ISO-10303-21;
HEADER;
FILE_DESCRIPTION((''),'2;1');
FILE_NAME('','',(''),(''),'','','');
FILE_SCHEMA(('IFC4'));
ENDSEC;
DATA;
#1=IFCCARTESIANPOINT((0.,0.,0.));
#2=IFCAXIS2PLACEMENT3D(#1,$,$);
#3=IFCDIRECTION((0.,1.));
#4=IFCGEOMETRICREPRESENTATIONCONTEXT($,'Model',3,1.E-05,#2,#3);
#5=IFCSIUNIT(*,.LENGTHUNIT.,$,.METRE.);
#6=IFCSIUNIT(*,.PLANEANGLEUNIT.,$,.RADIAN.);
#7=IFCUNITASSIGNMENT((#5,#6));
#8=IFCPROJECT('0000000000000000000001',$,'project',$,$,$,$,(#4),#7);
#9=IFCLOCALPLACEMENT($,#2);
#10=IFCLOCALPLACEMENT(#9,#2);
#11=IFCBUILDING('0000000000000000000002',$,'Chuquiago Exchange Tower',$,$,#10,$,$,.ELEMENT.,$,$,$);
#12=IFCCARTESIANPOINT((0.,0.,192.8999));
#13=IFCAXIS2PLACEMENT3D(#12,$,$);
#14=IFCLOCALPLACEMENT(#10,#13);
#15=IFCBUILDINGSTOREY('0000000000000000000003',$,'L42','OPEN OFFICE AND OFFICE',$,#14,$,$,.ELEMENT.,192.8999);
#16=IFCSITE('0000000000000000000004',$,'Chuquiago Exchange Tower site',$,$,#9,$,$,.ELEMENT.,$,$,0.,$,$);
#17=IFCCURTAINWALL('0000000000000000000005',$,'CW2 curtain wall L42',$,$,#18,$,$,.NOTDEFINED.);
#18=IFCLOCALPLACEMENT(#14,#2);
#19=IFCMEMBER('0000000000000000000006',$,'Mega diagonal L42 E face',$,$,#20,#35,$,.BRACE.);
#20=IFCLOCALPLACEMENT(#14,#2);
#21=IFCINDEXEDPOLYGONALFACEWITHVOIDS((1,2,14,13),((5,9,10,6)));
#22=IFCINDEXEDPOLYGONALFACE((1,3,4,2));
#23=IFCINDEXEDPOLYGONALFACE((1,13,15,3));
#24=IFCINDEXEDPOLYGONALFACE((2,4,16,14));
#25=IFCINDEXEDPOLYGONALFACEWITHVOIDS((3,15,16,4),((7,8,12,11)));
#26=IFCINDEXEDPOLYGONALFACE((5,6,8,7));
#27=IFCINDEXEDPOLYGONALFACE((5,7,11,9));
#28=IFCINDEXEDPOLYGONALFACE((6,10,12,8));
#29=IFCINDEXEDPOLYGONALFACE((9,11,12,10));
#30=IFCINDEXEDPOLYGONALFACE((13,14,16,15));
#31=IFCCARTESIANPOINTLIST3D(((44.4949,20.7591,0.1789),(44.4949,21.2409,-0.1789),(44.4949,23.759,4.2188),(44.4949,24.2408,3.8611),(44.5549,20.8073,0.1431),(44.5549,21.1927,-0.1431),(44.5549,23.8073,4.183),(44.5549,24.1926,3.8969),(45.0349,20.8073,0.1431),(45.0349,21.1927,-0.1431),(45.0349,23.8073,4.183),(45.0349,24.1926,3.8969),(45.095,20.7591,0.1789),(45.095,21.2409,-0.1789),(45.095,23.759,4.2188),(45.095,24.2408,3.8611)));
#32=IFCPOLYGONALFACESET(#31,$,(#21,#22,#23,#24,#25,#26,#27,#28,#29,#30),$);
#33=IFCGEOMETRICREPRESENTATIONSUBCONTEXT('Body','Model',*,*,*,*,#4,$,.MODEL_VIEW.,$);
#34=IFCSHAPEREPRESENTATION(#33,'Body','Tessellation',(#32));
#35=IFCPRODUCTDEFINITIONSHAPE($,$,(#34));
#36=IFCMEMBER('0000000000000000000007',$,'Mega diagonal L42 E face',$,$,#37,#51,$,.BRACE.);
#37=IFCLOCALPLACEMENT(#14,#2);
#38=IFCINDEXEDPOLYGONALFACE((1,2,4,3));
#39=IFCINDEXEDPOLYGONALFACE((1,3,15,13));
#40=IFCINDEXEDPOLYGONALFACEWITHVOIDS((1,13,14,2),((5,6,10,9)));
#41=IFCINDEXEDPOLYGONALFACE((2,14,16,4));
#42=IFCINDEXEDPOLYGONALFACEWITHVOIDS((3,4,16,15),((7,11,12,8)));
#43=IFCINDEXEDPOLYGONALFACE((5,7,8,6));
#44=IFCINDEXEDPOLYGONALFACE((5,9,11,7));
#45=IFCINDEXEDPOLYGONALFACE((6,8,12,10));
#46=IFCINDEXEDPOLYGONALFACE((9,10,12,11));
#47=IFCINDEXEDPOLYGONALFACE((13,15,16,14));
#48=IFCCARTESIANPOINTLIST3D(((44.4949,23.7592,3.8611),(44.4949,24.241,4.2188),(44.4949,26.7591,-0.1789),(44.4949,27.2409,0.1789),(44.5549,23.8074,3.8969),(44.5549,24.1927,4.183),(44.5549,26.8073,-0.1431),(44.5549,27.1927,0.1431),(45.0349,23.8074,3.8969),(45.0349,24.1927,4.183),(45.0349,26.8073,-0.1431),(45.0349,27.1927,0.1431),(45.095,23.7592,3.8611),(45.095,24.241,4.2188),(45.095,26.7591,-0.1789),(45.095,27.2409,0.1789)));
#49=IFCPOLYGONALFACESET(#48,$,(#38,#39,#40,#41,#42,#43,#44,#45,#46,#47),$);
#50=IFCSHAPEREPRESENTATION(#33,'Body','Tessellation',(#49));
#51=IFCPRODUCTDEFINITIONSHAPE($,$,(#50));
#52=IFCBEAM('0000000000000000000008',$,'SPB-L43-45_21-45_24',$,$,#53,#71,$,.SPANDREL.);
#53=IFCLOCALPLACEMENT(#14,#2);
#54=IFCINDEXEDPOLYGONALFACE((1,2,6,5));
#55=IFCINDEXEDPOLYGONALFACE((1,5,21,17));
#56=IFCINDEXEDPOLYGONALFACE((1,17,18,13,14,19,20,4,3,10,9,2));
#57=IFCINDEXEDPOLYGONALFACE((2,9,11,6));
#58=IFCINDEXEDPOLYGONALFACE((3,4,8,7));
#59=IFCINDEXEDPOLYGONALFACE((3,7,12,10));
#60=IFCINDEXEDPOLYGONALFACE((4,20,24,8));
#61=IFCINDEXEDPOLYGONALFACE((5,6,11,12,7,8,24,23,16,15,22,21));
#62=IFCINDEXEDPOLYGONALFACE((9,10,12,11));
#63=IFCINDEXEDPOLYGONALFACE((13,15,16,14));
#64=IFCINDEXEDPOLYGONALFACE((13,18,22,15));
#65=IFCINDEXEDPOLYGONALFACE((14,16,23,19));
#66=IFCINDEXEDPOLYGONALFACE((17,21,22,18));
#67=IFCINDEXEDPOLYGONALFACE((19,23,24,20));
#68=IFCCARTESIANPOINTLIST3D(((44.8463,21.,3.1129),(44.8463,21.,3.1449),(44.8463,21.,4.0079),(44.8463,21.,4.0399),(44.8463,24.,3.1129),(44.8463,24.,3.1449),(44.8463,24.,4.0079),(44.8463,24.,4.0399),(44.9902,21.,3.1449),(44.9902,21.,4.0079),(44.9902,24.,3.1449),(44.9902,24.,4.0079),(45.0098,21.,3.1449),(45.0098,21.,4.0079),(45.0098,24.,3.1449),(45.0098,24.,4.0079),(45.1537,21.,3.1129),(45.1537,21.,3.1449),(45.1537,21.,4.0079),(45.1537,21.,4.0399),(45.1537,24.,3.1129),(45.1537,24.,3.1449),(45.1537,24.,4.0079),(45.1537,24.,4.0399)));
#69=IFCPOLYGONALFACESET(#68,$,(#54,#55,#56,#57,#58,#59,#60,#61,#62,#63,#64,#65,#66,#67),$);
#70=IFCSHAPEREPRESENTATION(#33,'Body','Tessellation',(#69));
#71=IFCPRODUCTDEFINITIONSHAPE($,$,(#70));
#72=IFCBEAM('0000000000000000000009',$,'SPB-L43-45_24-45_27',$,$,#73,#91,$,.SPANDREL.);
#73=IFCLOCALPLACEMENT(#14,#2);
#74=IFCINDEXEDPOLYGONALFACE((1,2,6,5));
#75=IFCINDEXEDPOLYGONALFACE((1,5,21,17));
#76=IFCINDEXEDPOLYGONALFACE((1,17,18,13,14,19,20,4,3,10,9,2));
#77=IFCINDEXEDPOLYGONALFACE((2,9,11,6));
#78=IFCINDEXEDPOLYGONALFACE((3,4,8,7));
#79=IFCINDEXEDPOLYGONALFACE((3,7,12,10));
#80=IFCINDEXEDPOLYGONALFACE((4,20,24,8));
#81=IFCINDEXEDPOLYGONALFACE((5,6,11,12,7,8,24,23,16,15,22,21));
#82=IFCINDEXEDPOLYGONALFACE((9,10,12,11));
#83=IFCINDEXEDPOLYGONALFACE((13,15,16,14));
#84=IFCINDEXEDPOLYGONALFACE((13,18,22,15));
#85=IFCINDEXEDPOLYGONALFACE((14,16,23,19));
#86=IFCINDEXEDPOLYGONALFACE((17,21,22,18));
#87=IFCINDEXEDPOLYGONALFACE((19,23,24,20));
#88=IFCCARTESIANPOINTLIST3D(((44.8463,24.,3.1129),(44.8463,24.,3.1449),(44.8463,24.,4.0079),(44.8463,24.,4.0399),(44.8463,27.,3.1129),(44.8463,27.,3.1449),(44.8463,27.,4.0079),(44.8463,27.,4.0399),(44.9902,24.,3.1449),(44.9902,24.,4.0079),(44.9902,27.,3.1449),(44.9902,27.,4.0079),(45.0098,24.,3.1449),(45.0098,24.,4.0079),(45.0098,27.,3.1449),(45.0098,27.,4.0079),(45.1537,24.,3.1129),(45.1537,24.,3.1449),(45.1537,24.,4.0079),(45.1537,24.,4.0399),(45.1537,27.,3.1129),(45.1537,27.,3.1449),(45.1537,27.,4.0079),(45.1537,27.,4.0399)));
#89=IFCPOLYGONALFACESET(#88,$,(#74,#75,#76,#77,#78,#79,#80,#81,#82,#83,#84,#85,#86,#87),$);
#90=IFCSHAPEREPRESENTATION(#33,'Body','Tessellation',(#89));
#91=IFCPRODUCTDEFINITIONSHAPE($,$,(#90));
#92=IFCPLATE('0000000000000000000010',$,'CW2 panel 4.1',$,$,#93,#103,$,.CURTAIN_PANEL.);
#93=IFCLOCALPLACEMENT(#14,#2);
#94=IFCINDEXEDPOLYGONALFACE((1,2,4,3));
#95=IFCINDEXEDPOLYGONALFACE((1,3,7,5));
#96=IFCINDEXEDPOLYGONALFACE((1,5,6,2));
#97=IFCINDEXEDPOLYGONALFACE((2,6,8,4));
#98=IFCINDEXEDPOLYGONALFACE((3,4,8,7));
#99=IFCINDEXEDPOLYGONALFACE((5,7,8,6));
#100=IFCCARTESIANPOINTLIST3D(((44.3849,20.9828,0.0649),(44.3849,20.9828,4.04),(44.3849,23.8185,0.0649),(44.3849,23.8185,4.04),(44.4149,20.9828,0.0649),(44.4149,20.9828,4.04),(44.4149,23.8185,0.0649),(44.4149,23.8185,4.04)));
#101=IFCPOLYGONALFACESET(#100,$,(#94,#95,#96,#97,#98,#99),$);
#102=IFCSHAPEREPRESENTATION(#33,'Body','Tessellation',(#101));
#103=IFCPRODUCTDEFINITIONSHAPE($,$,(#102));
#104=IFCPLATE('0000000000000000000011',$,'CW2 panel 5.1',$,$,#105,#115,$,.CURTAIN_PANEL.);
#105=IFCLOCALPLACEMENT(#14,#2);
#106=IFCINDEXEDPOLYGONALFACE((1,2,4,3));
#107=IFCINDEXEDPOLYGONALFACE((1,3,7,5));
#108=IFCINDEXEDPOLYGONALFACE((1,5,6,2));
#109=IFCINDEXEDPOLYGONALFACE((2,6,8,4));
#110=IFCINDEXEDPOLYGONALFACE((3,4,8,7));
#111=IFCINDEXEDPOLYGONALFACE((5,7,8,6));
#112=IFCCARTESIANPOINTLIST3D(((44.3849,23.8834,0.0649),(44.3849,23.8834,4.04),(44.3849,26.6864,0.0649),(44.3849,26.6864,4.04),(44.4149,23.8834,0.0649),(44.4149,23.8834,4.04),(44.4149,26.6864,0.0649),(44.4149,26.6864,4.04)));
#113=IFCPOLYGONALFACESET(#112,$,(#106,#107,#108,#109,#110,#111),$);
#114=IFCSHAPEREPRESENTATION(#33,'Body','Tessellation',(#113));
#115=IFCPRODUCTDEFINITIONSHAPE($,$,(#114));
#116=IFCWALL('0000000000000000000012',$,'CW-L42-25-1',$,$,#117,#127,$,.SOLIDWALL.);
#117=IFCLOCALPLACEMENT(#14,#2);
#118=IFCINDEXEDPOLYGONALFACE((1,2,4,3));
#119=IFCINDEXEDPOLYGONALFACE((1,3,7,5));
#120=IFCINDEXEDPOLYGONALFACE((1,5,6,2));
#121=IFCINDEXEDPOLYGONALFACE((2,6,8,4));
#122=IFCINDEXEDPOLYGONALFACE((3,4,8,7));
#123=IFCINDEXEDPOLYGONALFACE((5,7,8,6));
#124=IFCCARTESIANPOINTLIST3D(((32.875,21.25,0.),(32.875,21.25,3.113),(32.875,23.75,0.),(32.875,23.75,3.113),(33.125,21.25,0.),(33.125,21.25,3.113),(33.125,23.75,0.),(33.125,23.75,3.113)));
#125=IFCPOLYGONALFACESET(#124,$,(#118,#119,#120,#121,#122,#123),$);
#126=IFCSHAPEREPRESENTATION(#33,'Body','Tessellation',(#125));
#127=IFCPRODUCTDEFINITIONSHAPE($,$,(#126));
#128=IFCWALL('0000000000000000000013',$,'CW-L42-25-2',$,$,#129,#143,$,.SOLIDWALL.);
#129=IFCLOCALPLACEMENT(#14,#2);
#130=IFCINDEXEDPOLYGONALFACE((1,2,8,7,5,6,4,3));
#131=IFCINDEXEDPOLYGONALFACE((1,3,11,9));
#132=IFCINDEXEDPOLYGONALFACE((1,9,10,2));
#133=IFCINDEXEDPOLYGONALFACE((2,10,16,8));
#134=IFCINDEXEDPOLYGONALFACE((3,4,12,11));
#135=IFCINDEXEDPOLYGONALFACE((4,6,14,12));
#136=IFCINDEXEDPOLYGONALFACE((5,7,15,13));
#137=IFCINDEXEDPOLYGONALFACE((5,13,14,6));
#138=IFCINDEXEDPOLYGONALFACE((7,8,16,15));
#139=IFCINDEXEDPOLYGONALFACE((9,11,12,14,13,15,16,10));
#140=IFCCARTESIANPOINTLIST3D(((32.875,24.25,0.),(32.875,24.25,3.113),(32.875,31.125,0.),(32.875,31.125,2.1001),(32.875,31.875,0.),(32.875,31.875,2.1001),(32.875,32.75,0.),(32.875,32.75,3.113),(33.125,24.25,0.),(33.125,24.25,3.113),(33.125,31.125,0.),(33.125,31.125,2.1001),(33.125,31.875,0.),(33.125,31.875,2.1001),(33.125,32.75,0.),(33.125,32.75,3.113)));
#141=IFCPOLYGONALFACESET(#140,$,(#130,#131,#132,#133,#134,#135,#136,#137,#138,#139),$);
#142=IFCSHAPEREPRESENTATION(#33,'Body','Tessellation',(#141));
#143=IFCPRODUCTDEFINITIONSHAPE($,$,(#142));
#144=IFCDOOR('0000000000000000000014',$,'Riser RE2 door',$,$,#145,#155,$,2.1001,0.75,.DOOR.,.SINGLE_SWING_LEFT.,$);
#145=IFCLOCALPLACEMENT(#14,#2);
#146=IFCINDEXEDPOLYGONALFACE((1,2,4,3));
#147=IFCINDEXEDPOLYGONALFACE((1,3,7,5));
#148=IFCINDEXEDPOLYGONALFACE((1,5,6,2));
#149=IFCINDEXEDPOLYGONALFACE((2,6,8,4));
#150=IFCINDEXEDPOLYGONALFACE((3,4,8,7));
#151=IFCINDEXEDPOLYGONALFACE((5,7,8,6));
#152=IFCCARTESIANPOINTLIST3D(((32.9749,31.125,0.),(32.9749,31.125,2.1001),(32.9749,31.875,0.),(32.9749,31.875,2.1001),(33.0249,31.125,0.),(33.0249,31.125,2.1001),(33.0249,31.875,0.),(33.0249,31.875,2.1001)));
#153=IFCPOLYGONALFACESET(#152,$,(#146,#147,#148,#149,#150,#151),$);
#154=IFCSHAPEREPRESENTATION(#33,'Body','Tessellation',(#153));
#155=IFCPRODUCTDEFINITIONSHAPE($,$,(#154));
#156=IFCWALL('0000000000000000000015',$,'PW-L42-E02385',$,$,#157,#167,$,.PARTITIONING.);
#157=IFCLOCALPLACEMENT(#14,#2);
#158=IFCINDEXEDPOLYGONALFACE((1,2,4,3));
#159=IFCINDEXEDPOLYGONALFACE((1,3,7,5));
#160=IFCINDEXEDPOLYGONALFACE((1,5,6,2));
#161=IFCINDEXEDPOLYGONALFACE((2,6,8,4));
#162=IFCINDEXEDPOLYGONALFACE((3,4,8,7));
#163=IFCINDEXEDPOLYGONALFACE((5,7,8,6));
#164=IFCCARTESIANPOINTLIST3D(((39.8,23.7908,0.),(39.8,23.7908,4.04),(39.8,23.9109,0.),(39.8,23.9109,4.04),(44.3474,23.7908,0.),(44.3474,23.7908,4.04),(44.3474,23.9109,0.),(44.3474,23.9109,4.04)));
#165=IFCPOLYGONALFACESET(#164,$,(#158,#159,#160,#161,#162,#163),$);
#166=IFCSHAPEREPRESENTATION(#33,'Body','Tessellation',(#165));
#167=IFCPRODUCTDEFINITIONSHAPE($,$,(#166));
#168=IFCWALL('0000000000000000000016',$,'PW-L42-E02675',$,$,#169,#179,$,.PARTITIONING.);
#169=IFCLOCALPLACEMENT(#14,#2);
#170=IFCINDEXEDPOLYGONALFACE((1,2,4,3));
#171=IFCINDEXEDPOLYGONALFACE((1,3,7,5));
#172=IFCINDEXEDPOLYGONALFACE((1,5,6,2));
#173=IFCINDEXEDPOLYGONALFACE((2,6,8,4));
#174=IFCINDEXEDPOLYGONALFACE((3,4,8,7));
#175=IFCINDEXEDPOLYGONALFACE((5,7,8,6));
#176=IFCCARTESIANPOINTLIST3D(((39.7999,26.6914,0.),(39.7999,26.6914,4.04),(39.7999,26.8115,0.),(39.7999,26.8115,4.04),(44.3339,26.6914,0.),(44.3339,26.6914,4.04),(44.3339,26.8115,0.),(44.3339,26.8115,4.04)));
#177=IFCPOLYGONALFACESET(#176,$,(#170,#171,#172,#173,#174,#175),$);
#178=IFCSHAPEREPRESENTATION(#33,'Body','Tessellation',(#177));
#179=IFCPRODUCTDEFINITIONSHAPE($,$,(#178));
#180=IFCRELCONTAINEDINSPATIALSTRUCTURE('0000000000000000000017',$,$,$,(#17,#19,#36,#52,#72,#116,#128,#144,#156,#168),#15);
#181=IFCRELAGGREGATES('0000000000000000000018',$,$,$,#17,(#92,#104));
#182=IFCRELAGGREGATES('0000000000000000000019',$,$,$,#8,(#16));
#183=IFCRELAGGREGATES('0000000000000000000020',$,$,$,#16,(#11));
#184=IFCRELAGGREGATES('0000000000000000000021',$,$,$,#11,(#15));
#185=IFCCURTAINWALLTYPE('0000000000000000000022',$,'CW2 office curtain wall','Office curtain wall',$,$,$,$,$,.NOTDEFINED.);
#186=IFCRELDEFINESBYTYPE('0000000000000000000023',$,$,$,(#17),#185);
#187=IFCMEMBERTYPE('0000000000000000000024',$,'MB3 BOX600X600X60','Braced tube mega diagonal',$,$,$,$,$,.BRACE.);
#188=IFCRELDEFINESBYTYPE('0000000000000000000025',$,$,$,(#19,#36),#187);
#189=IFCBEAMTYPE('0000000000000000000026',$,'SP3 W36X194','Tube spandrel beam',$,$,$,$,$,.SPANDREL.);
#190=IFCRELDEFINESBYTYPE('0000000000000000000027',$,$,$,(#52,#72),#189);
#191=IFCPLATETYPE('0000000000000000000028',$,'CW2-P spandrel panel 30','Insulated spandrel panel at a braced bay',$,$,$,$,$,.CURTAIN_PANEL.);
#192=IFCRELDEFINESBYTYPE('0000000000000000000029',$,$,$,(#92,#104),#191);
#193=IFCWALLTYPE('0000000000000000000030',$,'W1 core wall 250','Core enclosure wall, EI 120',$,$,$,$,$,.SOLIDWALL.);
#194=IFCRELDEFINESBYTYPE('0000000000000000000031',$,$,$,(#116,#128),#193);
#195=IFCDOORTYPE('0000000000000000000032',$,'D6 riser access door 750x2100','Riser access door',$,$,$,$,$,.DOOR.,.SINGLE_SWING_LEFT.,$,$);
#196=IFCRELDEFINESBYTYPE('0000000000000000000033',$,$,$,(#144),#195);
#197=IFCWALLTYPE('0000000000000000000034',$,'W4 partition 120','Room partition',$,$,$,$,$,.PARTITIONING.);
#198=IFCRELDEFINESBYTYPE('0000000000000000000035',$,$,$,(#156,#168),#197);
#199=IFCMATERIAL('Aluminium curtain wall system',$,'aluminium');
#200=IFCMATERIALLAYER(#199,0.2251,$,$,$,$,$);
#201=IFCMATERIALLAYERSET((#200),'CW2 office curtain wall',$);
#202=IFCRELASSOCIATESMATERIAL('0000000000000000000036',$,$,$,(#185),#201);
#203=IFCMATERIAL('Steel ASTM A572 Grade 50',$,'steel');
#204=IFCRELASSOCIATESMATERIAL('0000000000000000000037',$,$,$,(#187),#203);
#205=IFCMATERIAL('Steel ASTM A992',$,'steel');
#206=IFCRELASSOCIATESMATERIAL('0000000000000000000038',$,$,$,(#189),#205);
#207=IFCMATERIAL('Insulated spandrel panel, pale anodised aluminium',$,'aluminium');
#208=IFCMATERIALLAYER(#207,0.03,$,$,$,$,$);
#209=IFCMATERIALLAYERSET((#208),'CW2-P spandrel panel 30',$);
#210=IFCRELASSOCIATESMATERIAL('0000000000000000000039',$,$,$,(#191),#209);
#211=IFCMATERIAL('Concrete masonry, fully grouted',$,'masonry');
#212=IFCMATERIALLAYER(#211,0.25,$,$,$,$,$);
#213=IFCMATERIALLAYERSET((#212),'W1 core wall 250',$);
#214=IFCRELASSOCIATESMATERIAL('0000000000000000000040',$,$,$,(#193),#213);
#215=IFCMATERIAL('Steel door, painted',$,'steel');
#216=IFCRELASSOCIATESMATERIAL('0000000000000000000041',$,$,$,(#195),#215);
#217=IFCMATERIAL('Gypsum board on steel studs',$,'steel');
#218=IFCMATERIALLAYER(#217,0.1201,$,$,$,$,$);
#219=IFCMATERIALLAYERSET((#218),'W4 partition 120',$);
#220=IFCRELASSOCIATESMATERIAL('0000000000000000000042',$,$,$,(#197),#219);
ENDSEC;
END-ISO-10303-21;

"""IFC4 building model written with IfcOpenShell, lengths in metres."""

from ifc_helpers import new_model, si_unit, direction, frame, frame_2d, origin, origin_2d, place, context, subcontext, project, spatial, rectangle, hollow_rectangle, i_section, extrude, material, layer, layer_set, material_profile, profile_set, type_object, element, fill, aggregate, save


model = new_model("IFC4")

# Units and contexts
model_context = context("Model", 3, precision=1e-05, world=origin(), true_north=direction((0.0, 1.0)))
body_context = subcontext(model_context, "Body", "Model", "MODEL_VIEW")
ifc_project = project(units=[si_unit("LENGTHUNIT", "METRE"), si_unit("PLANEANGLEUNIT", "RADIAN")], contexts=[model_context])

# Site, building, storey
site_placement = place(None, origin())
site = spatial("IfcSite", under=ifc_project, at=site_placement, Name="Chuquiago Exchange Tower site", CompositionType="ELEMENT", RefElevation=0.0)
building_placement = place(site_placement, origin())
building = spatial("IfcBuilding", under=site, at=building_placement, Name="Chuquiago Exchange Tower", CompositionType="ELEMENT")
storey_placement = place(building_placement, frame((0.0, 0.0, 192.8999)))
storey = spatial("IfcBuildingStorey", under=building, at=storey_placement, Name="L42", Description="OPEN OFFICE AND OFFICE", CompositionType="ELEMENT", Elevation=192.8999)

# Curtain wall
ifc_material_1 = material(Name="Aluminium curtain wall system", Category="aluminium")
ifc_layer_1 = layer(ifc_material_1, 0.2251)
ifc_layer_set_1 = layer_set([ifc_layer_1], Name="CW2 office curtain wall")
curtain_wall_type_1 = type_object("IfcCurtainWallType", Name="CW2 office curtain wall", Description="Office curtain wall", PredefinedType="NOTDEFINED", material=ifc_layer_set_1)
curtain_wall_1_placement = place(storey_placement, origin())
curtain_wall_1 = element("IfcCurtainWall", 1, at=curtain_wall_1_placement, inside=storey, type_object=curtain_wall_type_1, Name="CW2 curtain wall L42", PredefinedType="NOTDEFINED")

# Members
ifc_material_2 = material(Name="Steel ASTM A572 Grade 50", Category="steel")
ifc_material_profile_1 = material_profile(ifc_material_2, hollow_rectangle(XDim=0.6001, YDim=0.6001, WallThickness=0.0601, at=origin_2d()), Name="BOX600X600X60")
ifc_profile_set_1 = profile_set([ifc_material_profile_1], Name="Steel ASTM A572 Grade 50")
member_type_1 = type_object("IfcMemberType", Name="MB3 BOX600X600X60", Description="Braced tube mega diagonal", PredefinedType="BRACE", material=ifc_profile_set_1)
for number, where, z_axis, x_axis, name in (
    (2, (44.7949, 21.0, 0.0), (0.0, 0.596174, 0.802855), (-1.0, 0.0, 0.0), "Mega diagonal L42 E face"),
    (3, (44.7949, 27.0, 0.0), (0.0, -0.596174, 0.802855), (1.0, 0.0, 0.0), "Mega diagonal L42 E face"),
):
    element("IfcMember", number, at=place(storey_placement, frame(where, z_axis=z_axis, x_axis=x_axis)), inside=storey, type_object=member_type_1, Name=name, PredefinedType="BRACE", context=body_context, shape_type="SweptSolid", body=[
        extrude(hollow_rectangle(XDim=0.6001, YDim=0.6001, WallThickness=0.0601, at=origin_2d()), origin(), (0.0, 0.0, 1.0), 5.032),
    ])

# Beams
ifc_material_3 = material(Name="Steel ASTM A992", Category="steel")
ifc_material_profile_2 = material_profile(ifc_material_3, i_section(OverallWidth=0.3074, OverallDepth=0.927, WebThickness=0.0195, FlangeThickness=0.032, at=origin_2d()), Name="W36X194")
ifc_profile_set_2 = profile_set([ifc_material_profile_2], Name="Steel ASTM A992")
beam_type_1 = type_object("IfcBeamType", Name="SP3 W36X194", Description="Tube spandrel beam", PredefinedType="SPANDREL", material=ifc_profile_set_2)
for number, where, z_axis, x_axis, name in (
    (4, (45.0, 21.0, 3.5764), (0.0, 1.0, 0.0), (-1.0, 0.0, 0.0), "SPB-L43-45_21-45_24"),
    (5, (45.0, 24.0, 3.5764), (0.0, 1.0, 0.0), (-1.0, 0.0, 0.0), "SPB-L43-45_24-45_27"),
):
    element("IfcBeam", number, at=place(storey_placement, frame(where, z_axis=z_axis, x_axis=x_axis)), inside=storey, type_object=beam_type_1, Name=name, PredefinedType="SPANDREL", context=body_context, shape_type="SweptSolid", body=[
        extrude(i_section(OverallWidth=0.3074, OverallDepth=0.927, WebThickness=0.0195, FlangeThickness=0.032, at=origin_2d()), origin(), (0.0, 0.0, 1.0), 3.0),
    ])

# Plates
ifc_material_4 = material(Name="Insulated spandrel panel, pale anodised aluminium", Category="aluminium")
ifc_layer_2 = layer(ifc_material_4, 0.03)
ifc_layer_set_2 = layer_set([ifc_layer_2], Name="CW2-P spandrel panel 30")
plate_type = type_object("IfcPlateType", Name="CW2-P spandrel panel 30", Description="Insulated spandrel panel at a braced bay", PredefinedType="CURTAIN_PANEL", material=ifc_layer_set_2)
plate_1_placement = place(storey_placement, frame((44.3999, 22.4006, 0.0649), z_axis=(0.0, 0.0, 1.0), x_axis=(0.0, 1.0, 0.0)))
plate_1 = element("IfcPlate", 6, at=plate_1_placement, type_object=plate_type, Name="CW2 panel 4.1", PredefinedType="CURTAIN_PANEL", context=body_context, shape_type="SweptSolid", body=[
    extrude(rectangle(XDim=2.8357, YDim=0.03, at=origin_2d()), origin(), (0.0, 0.0, 1.0), 3.9751),
])
plate_2_placement = place(storey_placement, frame((44.3999, 25.2849, 0.0649), z_axis=(0.0, 0.0, 1.0), x_axis=(0.0, 1.0, 0.0)))
plate_2 = element("IfcPlate", 7, at=plate_2_placement, type_object=plate_type, Name="CW2 panel 5.1", PredefinedType="CURTAIN_PANEL", context=body_context, shape_type="SweptSolid", body=[
    extrude(rectangle(XDim=2.803, YDim=0.03, at=origin_2d()), origin(), (0.0, 0.0, 1.0), 3.9751),
])
aggregate(curtain_wall_1, [plate_1, plate_2])

# Wall
ifc_material_5 = material(Name="Concrete masonry, fully grouted", Category="masonry")
ifc_layer_3 = layer(ifc_material_5, 0.25)
ifc_layer_set_3 = layer_set([ifc_layer_3], Name="W1 core wall 250")
wall_type_1 = type_object("IfcWallType", Name="W1 core wall 250", Description="Core enclosure wall, EI 120", PredefinedType="SOLIDWALL", material=ifc_layer_set_3)
wall_1_placement = place(storey_placement, frame((33.0, 21.25, 0.0), z_axis=(0.0, 0.0, 1.0), x_axis=(0.0, 1.0, 0.0)))
element("IfcWall", 8, at=wall_1_placement, inside=storey, type_object=wall_type_1, Name="CW-L42-25-1", PredefinedType="SOLIDWALL", context=body_context, shape_type="SweptSolid", body=[
    extrude(rectangle(XDim=2.5, YDim=0.25, at=frame_2d((1.25, 0.0))), origin(), (0.0, 0.0, 1.0), 3.113),
])

# Wall, opening, door
wall_2_placement = place(storey_placement, frame((33.0, 24.25, 0.0), z_axis=(0.0, 0.0, 1.0), x_axis=(0.0, 1.0, 0.0)))
wall_2 = element("IfcWall", 9, at=wall_2_placement, inside=storey, type_object=wall_type_1, Name="CW-L42-25-2", PredefinedType="SOLIDWALL", context=body_context, shape_type="SweptSolid", body=[
    extrude(rectangle(XDim=8.5, YDim=0.25, at=frame_2d((4.25, 0.0))), origin(), (0.0, 0.0, 1.0), 3.113),
])
opening_1_placement = place(wall_2_placement, frame((6.875, 0.0, 0.0)))
opening_1 = element("IfcOpeningElement", 10, at=opening_1_placement, cuts=wall_2, PredefinedType="OPENING", context=body_context, shape_type="SweptSolid", body=[
    extrude(rectangle(XDim=0.75, YDim=2.1001, at=frame_2d((0.375, 1.05))), frame((0.0, 0.135, 0.0), z_axis=(0.0, -1.0, 0.0), x_axis=(1.0, 0.0, 0.0)), (0.0, 0.0, 1.0), 0.27),
])
ifc_material_6 = material(Name="Steel door, painted", Category="steel")
door_type_1 = type_object("IfcDoorType", Name="D6 riser access door 750x2100", Description="Riser access door", OperationType="SINGLE_SWING_LEFT", PredefinedType="DOOR", material=ifc_material_6)
door_1_placement = place(opening_1_placement, frame((0.75, 0.0, 0.0), z_axis=(0.0, 0.0, 1.0), x_axis=(-1.0, 0.0, 0.0)))
door_1 = element("IfcDoor", 11, at=door_1_placement, inside=storey, type_object=door_type_1, Name="Riser RE2 door", OperationType="SINGLE_SWING_LEFT", OverallHeight=2.1001, OverallWidth=0.75, PredefinedType="DOOR", context=body_context, shape_type="SweptSolid", body=[
    extrude(rectangle(XDim=0.75, YDim=2.1001, at=frame_2d((0.375, 1.05))), frame((0.0, 0.0249, 0.0), z_axis=(0.0, -1.0, 0.0), x_axis=(1.0, 0.0, 0.0)), (0.0, 0.0, 1.0), 0.05),
])
fill(opening_1, door_1)

# Walls
ifc_material_7 = material(Name="Gypsum board on steel studs", Category="steel")
ifc_layer_4 = layer(ifc_material_7, 0.1201)
ifc_layer_set_4 = layer_set([ifc_layer_4], Name="W4 partition 120")
wall_type_2 = type_object("IfcWallType", Name="W4 partition 120", Description="Room partition", PredefinedType="PARTITIONING", material=ifc_layer_set_4)
wall_3_placement = place(storey_placement, frame((44.3474, 23.8508, 0.0), z_axis=(0.0, 0.0, 1.0), x_axis=(-1.0, 0.0, 0.0)))
element("IfcWall", 12, at=wall_3_placement, inside=storey, type_object=wall_type_2, Name="PW-L42-E02385", PredefinedType="PARTITIONING", context=body_context, shape_type="SweptSolid", body=[
    extrude(rectangle(XDim=4.5474, YDim=0.1201, at=frame_2d((2.2737, 0.0))), origin(), (0.0, 0.0, 1.0), 4.04),
])
wall_4_placement = place(storey_placement, frame((44.334, 26.7515, 0.0), z_axis=(0.0, 0.0, 1.0), x_axis=(-1.0, 0.0, 0.0)))
element("IfcWall", 13, at=wall_4_placement, inside=storey, type_object=wall_type_2, Name="PW-L42-E02675", PredefinedType="PARTITIONING", context=body_context, shape_type="SweptSolid", body=[
    extrude(rectangle(XDim=4.5339, YDim=0.1201, at=frame_2d((2.2671, 0.0))), origin(), (0.0, 0.0, 1.0), 4.04),
])

save(model, "model.ifc")
